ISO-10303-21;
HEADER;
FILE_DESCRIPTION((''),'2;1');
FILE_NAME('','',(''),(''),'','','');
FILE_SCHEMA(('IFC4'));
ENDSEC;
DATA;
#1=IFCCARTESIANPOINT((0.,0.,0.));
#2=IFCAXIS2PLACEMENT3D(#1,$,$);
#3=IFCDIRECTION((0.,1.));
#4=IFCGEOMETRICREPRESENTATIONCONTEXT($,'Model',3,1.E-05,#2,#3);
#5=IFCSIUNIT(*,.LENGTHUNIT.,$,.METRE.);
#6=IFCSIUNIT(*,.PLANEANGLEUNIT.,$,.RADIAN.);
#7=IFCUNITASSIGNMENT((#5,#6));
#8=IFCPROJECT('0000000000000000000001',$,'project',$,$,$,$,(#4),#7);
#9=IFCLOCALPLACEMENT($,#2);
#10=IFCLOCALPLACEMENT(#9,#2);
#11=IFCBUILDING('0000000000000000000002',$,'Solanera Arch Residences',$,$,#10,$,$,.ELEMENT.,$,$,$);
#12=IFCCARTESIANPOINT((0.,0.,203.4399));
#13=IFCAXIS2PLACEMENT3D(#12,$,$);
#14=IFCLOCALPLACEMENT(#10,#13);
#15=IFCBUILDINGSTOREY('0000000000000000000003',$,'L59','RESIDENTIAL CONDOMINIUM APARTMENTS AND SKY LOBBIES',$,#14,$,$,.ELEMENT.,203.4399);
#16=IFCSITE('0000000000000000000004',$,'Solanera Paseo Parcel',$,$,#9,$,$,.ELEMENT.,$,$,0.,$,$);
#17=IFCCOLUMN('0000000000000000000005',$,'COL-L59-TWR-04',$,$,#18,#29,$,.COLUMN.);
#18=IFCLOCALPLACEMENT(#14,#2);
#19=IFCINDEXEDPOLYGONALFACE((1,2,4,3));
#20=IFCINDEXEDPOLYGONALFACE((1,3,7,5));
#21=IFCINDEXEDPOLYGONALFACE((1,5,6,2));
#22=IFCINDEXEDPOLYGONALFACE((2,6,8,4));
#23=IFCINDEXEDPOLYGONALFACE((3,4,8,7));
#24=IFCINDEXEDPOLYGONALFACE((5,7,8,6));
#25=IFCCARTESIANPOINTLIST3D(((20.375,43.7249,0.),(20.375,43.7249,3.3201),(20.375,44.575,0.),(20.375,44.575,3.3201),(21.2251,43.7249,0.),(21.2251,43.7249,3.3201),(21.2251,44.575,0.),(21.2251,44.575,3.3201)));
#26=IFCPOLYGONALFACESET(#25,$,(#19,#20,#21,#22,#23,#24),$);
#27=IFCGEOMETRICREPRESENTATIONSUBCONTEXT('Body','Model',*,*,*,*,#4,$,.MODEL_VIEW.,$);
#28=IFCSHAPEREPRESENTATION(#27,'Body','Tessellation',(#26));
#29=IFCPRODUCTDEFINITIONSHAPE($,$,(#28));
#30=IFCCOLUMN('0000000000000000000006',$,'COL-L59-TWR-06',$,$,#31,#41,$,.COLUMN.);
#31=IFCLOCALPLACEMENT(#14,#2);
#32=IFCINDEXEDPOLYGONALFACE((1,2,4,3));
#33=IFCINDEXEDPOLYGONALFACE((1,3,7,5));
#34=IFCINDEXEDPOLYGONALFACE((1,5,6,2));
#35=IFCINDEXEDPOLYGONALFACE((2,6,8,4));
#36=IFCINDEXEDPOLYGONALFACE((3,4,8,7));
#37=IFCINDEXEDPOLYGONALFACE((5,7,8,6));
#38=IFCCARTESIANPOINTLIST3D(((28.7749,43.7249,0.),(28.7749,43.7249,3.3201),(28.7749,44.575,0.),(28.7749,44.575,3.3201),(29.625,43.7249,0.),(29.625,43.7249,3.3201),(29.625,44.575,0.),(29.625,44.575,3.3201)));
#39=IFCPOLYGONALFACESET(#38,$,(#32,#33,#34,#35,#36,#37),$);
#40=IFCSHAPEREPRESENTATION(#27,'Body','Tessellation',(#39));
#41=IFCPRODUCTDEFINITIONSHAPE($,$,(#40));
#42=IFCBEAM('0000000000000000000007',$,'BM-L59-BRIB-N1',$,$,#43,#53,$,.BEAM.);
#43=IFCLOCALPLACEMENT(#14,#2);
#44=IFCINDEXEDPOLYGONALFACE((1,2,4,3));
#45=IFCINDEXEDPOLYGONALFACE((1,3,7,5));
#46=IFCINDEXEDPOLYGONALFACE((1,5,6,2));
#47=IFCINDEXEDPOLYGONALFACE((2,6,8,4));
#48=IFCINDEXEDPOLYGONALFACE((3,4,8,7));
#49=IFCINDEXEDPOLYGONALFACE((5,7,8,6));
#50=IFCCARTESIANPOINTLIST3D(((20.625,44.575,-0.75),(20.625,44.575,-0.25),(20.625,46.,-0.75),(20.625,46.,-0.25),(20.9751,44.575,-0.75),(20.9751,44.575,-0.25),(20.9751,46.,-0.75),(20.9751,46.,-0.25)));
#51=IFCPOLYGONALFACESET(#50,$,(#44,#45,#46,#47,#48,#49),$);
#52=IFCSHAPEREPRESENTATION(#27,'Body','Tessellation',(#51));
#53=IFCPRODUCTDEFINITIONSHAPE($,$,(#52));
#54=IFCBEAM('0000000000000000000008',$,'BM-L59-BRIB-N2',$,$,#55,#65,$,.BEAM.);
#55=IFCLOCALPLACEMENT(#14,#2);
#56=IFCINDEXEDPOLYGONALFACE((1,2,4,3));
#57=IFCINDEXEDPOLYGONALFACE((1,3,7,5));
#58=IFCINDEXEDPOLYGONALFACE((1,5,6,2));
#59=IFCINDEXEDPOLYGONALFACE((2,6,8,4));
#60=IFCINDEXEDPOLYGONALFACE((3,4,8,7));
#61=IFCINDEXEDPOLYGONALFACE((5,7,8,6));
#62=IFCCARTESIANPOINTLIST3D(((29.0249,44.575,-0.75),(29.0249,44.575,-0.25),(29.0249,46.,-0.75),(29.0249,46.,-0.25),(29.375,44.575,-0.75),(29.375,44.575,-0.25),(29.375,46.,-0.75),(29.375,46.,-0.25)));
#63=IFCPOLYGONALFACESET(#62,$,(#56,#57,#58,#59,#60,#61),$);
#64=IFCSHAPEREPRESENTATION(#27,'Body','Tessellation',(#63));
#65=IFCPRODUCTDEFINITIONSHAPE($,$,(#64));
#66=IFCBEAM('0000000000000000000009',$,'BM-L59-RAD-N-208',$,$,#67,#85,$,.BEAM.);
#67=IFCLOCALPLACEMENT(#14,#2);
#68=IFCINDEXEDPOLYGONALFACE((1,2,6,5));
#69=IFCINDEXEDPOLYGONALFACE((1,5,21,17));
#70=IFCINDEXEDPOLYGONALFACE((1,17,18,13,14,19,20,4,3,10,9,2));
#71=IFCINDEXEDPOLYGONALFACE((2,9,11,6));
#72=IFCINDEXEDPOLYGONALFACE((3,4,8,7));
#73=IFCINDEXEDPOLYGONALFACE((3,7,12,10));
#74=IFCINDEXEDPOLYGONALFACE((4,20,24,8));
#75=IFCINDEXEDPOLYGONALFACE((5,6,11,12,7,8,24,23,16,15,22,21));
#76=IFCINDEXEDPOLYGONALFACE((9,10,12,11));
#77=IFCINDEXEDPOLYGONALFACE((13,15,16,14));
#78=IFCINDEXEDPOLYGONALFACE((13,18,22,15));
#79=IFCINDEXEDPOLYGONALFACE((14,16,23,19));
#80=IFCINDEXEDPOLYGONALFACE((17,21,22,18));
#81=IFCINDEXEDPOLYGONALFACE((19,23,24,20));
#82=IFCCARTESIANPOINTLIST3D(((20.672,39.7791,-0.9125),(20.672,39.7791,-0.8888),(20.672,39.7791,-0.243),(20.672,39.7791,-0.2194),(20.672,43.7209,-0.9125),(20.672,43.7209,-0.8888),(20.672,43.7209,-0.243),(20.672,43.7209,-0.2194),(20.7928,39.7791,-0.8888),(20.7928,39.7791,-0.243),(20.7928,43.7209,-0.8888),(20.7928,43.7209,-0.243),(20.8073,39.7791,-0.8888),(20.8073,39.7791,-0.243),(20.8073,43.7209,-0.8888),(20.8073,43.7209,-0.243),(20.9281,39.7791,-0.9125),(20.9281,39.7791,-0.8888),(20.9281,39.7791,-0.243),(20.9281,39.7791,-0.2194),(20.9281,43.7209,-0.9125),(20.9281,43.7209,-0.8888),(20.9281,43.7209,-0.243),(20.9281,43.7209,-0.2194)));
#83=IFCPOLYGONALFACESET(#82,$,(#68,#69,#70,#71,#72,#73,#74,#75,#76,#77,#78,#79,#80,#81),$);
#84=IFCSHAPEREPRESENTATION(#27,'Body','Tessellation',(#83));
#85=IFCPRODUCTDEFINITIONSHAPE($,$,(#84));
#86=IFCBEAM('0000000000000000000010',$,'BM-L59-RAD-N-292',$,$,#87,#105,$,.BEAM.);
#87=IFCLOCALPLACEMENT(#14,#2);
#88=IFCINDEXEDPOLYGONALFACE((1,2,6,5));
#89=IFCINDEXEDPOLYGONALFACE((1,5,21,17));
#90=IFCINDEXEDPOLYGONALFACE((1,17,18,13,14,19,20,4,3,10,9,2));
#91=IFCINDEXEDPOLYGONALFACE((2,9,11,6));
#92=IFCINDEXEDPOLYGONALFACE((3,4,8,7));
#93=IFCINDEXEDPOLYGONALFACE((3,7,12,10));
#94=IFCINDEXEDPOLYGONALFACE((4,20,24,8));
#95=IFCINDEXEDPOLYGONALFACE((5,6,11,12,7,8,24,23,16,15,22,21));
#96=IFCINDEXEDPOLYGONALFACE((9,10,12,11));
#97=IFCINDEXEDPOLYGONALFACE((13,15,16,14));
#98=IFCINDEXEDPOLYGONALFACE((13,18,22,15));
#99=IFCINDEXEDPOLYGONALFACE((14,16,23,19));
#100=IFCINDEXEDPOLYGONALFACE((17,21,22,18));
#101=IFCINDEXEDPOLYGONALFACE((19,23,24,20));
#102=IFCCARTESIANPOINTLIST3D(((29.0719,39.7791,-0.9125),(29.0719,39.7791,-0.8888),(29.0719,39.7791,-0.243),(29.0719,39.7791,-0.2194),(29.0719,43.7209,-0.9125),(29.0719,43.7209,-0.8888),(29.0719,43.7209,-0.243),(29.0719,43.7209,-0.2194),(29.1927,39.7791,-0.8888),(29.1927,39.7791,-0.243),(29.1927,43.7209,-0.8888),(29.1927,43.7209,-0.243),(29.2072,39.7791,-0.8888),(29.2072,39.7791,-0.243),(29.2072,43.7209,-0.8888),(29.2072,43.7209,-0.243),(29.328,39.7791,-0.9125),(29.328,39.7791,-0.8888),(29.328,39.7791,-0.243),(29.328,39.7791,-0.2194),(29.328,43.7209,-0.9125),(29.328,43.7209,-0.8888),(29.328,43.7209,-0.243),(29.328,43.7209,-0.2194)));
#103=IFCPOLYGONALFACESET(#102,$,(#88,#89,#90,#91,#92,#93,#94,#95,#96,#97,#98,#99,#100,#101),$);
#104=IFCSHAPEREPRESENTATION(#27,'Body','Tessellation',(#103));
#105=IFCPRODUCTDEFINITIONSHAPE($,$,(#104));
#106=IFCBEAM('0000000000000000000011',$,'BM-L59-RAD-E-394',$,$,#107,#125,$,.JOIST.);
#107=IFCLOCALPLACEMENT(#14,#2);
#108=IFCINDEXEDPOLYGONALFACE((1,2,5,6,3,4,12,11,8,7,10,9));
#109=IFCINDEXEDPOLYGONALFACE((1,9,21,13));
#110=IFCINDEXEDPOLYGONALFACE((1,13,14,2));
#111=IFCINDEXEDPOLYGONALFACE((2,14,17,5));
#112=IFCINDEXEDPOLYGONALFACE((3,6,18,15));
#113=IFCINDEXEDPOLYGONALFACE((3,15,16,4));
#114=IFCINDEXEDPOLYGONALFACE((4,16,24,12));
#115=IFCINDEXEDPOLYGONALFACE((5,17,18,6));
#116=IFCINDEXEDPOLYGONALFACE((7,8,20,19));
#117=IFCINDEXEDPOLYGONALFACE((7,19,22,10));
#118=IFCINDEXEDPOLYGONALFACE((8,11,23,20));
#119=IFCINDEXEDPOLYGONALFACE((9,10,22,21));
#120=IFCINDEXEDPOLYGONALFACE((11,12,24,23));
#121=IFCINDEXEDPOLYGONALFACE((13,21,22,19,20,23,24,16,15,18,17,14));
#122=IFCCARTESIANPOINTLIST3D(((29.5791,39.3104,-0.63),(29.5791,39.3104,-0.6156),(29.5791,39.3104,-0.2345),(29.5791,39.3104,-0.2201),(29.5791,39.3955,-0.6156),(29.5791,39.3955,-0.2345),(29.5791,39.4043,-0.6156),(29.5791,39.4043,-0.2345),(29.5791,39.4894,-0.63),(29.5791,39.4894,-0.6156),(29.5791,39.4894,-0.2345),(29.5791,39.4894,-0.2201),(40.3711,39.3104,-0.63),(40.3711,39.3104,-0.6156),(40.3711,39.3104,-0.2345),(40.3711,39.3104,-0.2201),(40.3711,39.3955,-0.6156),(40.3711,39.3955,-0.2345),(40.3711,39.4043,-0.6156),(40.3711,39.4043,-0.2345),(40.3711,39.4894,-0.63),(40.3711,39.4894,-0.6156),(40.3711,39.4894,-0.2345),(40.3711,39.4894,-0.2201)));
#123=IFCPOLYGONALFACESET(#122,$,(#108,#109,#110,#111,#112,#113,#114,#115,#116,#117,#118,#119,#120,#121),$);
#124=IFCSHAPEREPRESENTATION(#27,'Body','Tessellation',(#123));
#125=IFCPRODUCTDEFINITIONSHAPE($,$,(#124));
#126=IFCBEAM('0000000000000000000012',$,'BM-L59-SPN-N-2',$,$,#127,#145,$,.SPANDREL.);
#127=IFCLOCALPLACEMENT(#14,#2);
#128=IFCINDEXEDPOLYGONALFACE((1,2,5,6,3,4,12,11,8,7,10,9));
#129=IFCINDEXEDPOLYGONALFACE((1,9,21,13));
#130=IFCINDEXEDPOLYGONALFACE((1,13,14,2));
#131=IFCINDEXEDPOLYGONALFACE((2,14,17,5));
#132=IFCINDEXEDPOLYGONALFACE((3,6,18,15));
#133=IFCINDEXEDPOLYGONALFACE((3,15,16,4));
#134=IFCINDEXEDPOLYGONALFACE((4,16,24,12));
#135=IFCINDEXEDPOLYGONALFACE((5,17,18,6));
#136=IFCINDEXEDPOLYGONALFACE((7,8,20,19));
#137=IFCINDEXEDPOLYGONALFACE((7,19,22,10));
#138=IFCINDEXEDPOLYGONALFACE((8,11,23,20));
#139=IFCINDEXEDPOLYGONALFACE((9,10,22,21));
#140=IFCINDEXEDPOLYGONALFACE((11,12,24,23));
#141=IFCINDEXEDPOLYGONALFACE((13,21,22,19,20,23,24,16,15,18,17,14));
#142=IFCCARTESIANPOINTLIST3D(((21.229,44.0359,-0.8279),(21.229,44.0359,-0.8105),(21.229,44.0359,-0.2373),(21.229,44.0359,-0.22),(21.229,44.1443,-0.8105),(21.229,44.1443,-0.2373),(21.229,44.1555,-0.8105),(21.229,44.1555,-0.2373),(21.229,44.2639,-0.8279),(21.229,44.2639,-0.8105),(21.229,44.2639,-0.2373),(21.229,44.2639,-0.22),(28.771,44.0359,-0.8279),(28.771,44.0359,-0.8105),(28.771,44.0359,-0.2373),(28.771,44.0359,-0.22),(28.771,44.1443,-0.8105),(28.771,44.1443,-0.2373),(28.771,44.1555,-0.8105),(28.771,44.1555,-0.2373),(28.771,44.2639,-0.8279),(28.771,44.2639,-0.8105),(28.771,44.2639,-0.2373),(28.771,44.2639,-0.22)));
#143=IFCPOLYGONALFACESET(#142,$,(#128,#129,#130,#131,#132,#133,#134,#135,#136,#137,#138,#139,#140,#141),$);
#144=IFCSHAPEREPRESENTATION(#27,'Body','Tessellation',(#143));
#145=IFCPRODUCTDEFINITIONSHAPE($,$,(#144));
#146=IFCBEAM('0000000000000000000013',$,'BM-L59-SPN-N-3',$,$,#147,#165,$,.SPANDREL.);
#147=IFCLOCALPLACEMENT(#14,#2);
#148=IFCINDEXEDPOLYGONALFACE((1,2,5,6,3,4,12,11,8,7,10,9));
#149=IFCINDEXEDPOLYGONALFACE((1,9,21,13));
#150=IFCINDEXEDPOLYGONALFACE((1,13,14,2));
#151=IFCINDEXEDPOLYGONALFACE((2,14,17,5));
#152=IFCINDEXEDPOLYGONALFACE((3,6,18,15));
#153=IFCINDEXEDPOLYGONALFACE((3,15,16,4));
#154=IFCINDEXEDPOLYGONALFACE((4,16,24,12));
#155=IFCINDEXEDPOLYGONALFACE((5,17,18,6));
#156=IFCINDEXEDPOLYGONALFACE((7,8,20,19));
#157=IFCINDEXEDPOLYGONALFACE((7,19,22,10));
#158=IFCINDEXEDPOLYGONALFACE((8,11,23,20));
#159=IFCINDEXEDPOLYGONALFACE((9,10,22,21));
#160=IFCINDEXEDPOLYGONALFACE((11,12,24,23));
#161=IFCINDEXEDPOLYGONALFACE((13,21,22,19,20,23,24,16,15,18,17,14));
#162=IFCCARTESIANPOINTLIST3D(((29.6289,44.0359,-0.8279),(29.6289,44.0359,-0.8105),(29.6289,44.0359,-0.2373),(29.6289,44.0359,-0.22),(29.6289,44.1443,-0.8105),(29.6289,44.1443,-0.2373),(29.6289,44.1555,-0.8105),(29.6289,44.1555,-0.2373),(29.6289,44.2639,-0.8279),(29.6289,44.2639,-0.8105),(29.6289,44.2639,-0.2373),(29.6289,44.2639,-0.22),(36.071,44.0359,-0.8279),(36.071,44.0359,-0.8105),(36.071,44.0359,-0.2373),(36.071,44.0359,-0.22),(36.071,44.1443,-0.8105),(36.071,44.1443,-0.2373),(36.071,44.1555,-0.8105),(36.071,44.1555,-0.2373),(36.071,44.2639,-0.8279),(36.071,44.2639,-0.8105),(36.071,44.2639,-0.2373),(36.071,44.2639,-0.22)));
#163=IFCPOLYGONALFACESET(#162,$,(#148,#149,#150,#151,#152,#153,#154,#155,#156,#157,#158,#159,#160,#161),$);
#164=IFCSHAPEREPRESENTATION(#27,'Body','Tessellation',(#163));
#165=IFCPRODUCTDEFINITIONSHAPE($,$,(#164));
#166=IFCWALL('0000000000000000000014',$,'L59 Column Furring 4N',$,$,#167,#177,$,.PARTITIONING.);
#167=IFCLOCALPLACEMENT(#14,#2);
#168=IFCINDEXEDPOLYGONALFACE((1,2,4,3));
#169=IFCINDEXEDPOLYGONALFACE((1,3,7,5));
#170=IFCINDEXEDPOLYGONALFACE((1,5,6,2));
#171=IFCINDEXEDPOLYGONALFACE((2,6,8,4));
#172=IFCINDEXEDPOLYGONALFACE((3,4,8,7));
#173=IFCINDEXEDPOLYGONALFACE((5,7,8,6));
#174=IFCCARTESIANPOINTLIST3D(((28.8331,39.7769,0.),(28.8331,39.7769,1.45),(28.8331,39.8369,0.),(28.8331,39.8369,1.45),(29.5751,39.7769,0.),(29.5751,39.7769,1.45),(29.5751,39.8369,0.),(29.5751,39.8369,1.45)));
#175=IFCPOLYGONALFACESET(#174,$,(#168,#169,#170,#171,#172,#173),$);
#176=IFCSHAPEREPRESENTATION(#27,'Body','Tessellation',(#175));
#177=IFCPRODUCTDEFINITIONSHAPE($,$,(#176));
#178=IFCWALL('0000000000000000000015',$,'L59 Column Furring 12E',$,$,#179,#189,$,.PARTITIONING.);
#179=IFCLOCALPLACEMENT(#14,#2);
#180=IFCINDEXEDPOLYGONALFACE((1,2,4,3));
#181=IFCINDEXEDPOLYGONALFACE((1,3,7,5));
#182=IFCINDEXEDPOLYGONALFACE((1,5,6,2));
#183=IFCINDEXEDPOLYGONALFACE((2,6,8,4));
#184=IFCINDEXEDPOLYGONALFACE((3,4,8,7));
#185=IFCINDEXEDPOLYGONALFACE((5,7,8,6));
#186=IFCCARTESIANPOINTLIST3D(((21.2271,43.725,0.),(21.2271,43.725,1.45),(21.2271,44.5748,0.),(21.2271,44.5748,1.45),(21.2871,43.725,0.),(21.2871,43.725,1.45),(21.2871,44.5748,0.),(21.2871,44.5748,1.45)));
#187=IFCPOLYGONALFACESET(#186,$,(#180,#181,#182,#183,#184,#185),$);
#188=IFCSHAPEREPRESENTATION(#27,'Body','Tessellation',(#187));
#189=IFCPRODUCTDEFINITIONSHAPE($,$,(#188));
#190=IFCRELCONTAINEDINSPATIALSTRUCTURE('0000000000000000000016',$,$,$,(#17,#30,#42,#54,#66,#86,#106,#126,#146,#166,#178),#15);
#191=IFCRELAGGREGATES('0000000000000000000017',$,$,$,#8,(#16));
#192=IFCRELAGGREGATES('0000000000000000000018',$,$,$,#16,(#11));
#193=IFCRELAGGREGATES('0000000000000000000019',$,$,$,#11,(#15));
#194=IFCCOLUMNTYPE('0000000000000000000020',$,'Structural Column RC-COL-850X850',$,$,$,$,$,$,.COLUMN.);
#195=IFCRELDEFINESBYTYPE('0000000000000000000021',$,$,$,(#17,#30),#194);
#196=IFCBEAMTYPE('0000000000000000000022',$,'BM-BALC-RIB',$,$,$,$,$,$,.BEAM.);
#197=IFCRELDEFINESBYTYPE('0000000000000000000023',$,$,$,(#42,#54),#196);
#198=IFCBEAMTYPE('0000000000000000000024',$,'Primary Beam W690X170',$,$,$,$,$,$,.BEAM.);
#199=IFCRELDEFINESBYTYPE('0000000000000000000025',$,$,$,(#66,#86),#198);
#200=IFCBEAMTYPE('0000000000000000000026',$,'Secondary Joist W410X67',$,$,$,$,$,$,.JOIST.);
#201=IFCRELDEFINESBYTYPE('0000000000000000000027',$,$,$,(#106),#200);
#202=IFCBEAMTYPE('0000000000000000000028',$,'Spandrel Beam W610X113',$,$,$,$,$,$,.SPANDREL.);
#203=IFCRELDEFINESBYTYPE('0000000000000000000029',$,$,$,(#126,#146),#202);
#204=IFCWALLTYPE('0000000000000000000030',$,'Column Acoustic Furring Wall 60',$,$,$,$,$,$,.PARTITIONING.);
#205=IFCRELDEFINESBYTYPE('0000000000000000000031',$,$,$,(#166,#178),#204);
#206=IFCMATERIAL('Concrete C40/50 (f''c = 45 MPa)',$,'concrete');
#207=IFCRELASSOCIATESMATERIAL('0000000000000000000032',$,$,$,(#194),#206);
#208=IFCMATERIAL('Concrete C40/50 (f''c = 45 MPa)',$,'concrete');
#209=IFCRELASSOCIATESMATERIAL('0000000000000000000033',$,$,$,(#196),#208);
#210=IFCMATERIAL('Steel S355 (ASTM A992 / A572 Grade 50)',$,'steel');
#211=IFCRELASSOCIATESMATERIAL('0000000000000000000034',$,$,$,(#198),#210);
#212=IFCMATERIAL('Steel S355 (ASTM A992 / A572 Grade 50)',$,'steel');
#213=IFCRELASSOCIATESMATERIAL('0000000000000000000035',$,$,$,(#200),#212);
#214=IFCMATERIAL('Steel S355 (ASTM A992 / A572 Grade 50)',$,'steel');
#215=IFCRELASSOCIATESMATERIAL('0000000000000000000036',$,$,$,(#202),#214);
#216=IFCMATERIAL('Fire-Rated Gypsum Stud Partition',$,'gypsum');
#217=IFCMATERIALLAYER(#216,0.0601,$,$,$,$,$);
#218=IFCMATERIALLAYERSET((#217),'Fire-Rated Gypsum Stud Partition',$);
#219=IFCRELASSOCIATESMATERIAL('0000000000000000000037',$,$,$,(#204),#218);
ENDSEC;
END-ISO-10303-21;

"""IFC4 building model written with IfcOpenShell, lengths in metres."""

from ifc_helpers import new_model, si_unit, direction, frame, frame_2d, origin, origin_2d, place, context, subcontext, project, spatial, rectangle, i_section, extrude, material, layer, layer_set, material_profile, profile_set, type_object, element, save


model = new_model("IFC4")

# Units and contexts
model_context = context("Model", 3, precision=1e-05, world=origin(), true_north=direction((0.0, 1.0)))
body_context = subcontext(model_context, "Body", "Model", "MODEL_VIEW")
ifc_project = project(units=[si_unit("LENGTHUNIT", "METRE"), si_unit("PLANEANGLEUNIT", "RADIAN")], contexts=[model_context])

# Site, building, storey
site_placement = place(None, origin())
site = spatial("IfcSite", under=ifc_project, at=site_placement, Name="Solanera Paseo Parcel", CompositionType="ELEMENT", RefElevation=0.0)
building_placement = place(site_placement, origin())
building = spatial("IfcBuilding", under=site, at=building_placement, Name="Solanera Arch Residences", CompositionType="ELEMENT")
storey_placement = place(building_placement, frame((0.0, 0.0, 203.4399)))
storey = spatial("IfcBuildingStorey", under=building, at=storey_placement, Name="L59", Description="RESIDENTIAL CONDOMINIUM APARTMENTS AND SKY LOBBIES", CompositionType="ELEMENT", Elevation=203.4399)

# Columns
ifc_material_1 = material(Name="Concrete C40/50 (f'c = 45 MPa)", Category="concrete")
ifc_material_profile_1 = material_profile(ifc_material_1, rectangle(XDim=0.8501, YDim=0.8501, at=origin_2d()))
ifc_profile_set_1 = profile_set([ifc_material_profile_1], Name="Concrete C40/50 (f'c = 45 MPa)")
column_type = type_object("IfcColumnType", Name="Structural Column RC-COL-850X850", PredefinedType="COLUMN", material=ifc_profile_set_1)
for number, where, z_axis, x_axis, name in (
    (1, (20.8, 44.1499, 0.0), (0.0, 0.0, 1.0), (1.0, 0.0, 0.0), "COL-L59-TWR-04"),
    (2, (29.2, 44.1499, 0.0), (0.0, 0.0, 1.0), (1.0, 0.0, 0.0), "COL-L59-TWR-06"),
):
    element("IfcColumn", number, at=place(storey_placement, frame(where, z_axis=z_axis, x_axis=x_axis)), inside=storey, type_object=column_type, Name=name, PredefinedType="COLUMN", context=body_context, shape_type="SweptSolid", body=[
        extrude(rectangle(XDim=0.8501, YDim=0.8501, at=origin_2d()), origin(), (0.0, 0.0, 1.0), 3.3201),
    ])

# Beams
ifc_material_2 = material(Name="Concrete C40/50 (f'c = 45 MPa)", Category="concrete")
ifc_material_profile_2 = material_profile(ifc_material_2, rectangle(XDim=0.3501, YDim=0.5, at=origin_2d()))
ifc_profile_set_2 = profile_set([ifc_material_profile_2], Name="Concrete C40/50 (f'c = 45 MPa)")
beam_type_1 = type_object("IfcBeamType", Name="BM-BALC-RIB", PredefinedType="BEAM", material=ifc_profile_set_2)
for number, where, z_axis, x_axis, name in (
    (3, (20.8, 44.575, -0.5), (0.0, 1.0, 0.0), (-1.0, 0.0, 0.0), "BM-L59-BRIB-N1"),
    (4, (29.2, 44.575, -0.5), (0.0, 1.0, 0.0), (-1.0, 0.0, 0.0), "BM-L59-BRIB-N2"),
):
    element("IfcBeam", number, at=place(storey_placement, frame(where, z_axis=z_axis, x_axis=x_axis)), inside=storey, type_object=beam_type_1, Name=name, PredefinedType="BEAM", context=body_context, shape_type="SweptSolid", body=[
        extrude(rectangle(XDim=0.3501, YDim=0.5, at=origin_2d()), origin(), (0.0, 0.0, 1.0), 1.425),
    ])
ifc_material_3 = material(Name="Steel S355 (ASTM A992 / A572 Grade 50)", Category="steel")
ifc_material_profile_3 = material_profile(ifc_material_3, i_section(OverallWidth=0.2561, OverallDepth=0.6931, WebThickness=0.0144, FlangeThickness=0.0237, at=origin_2d()))
ifc_profile_set_3 = profile_set([ifc_material_profile_3], Name="Steel S355 (ASTM A992 / A572 Grade 50)")
beam_type_2 = type_object("IfcBeamType", Name="Primary Beam W690X170", PredefinedType="BEAM", material=ifc_profile_set_3)
for number, where, z_axis, x_axis, name in (
    (5, (20.8, 39.7791, -0.5659), (0.0, 1.0, 0.0), (-1.0, 0.0, 0.0), "BM-L59-RAD-N-208"),
    (6, (29.2, 39.7791, -0.5659), (0.0, 1.0, 0.0), (-1.0, 0.0, 0.0), "BM-L59-RAD-N-292"),
):
    element("IfcBeam", number, at=place(storey_placement, frame(where, z_axis=z_axis, x_axis=x_axis)), inside=storey, type_object=beam_type_2, Name=name, PredefinedType="BEAM", context=body_context, shape_type="SweptSolid", body=[
        extrude(i_section(OverallWidth=0.2561, OverallDepth=0.6931, WebThickness=0.0144, FlangeThickness=0.0237, at=origin_2d()), origin(), (0.0, 0.0, 1.0), 3.9419),
    ])
ifc_material_4 = material(Name="Steel S355 (ASTM A992 / A572 Grade 50)", Category="steel")
ifc_material_profile_4 = material_profile(ifc_material_4, i_section(OverallWidth=0.179, OverallDepth=0.4099, WebThickness=0.0088, FlangeThickness=0.0144, at=origin_2d()))
ifc_profile_set_4 = profile_set([ifc_material_profile_4], Name="Steel S355 (ASTM A992 / A572 Grade 50)")
beam_type_3 = type_object("IfcBeamType", Name="Secondary Joist W410X67", PredefinedType="JOIST", material=ifc_profile_set_4)
beam_1_placement = place(storey_placement, frame((29.5791, 39.3999, -0.425), z_axis=(1.0, 0.0, 0.0), x_axis=(0.0, 1.0, 0.0)))
element("IfcBeam", 7, at=beam_1_placement, inside=storey, type_object=beam_type_3, Name="BM-L59-RAD-E-394", PredefinedType="JOIST", context=body_context, shape_type="SweptSolid", body=[
    extrude(i_section(OverallWidth=0.179, OverallDepth=0.4099, WebThickness=0.0088, FlangeThickness=0.0144, at=origin_2d()), origin(), (0.0, 0.0, 1.0), 10.792),
])
ifc_material_5 = material(Name="Steel S355 (ASTM A992 / A572 Grade 50)", Category="steel")
ifc_material_profile_5 = material_profile(ifc_material_5, i_section(OverallWidth=0.228, OverallDepth=0.6079, WebThickness=0.0112, FlangeThickness=0.0173, at=origin_2d()))
ifc_profile_set_5 = profile_set([ifc_material_profile_5], Name="Steel S355 (ASTM A992 / A572 Grade 50)")
beam_type_4 = type_object("IfcBeamType", Name="Spandrel Beam W610X113", PredefinedType="SPANDREL", material=ifc_profile_set_5)
beam_2_placement = place(storey_placement, frame((21.229, 44.1499, -0.5239), z_axis=(1.0, 0.0, 0.0), x_axis=(0.0, 1.0, 0.0)))
element("IfcBeam", 8, at=beam_2_placement, inside=storey, type_object=beam_type_4, Name="BM-L59-SPN-N-2", PredefinedType="SPANDREL", context=body_context, shape_type="SweptSolid", body=[
    extrude(i_section(OverallWidth=0.228, OverallDepth=0.6079, WebThickness=0.0112, FlangeThickness=0.0173, at=origin_2d()), origin(), (0.0, 0.0, 1.0), 7.542),
])
beam_3_placement = place(storey_placement, frame((29.6289, 44.1499, -0.5239), z_axis=(1.0, 0.0, 0.0), x_axis=(0.0, 1.0, 0.0)))
element("IfcBeam", 9, at=beam_3_placement, inside=storey, type_object=beam_type_4, Name="BM-L59-SPN-N-3", PredefinedType="SPANDREL", context=body_context, shape_type="SweptSolid", body=[
    extrude(i_section(OverallWidth=0.228, OverallDepth=0.6079, WebThickness=0.0112, FlangeThickness=0.0173, at=origin_2d()), origin(), (0.0, 0.0, 1.0), 6.4421),
])

# Walls
ifc_material_6 = material(Name="Fire-Rated Gypsum Stud Partition", Category="gypsum")
ifc_layer_1 = layer(ifc_material_6, 0.0601)
ifc_layer_set_1 = layer_set([ifc_layer_1], Name="Fire-Rated Gypsum Stud Partition")
wall_type_1 = type_object("IfcWallType", Name="Column Acoustic Furring Wall 60", PredefinedType="PARTITIONING", material=ifc_layer_set_1)
wall_1_placement = place(storey_placement, frame((28.833, 39.8069, 0.0), z_axis=(0.0, 0.0, 1.0), x_axis=(1.0, 0.0, 0.0)))
element("IfcWall", 10, at=wall_1_placement, inside=storey, type_object=wall_type_1, Name="L59 Column Furring 4N", PredefinedType="PARTITIONING", context=body_context, shape_type="SweptSolid", body=[
    extrude(rectangle(XDim=0.7419, YDim=0.0601, at=frame_2d((0.3711, 0.0))), origin(), (0.0, 0.0, 1.0), 1.45),
])
wall_2_placement = place(storey_placement, frame((21.2571, 43.7251, 0.0), z_axis=(0.0, 0.0, 1.0), x_axis=(0.0, 1.0, 0.0)))
element("IfcWall", 11, at=wall_2_placement, inside=storey, type_object=wall_type_1, Name="L59 Column Furring 12E", PredefinedType="PARTITIONING", context=body_context, shape_type="SweptSolid", body=[
    extrude(rectangle(XDim=0.8499, YDim=0.0601, at=frame_2d((0.4248, 0.0))), origin(), (0.0, 0.0, 1.0), 1.45),
])

save(model, "model.ifc")
